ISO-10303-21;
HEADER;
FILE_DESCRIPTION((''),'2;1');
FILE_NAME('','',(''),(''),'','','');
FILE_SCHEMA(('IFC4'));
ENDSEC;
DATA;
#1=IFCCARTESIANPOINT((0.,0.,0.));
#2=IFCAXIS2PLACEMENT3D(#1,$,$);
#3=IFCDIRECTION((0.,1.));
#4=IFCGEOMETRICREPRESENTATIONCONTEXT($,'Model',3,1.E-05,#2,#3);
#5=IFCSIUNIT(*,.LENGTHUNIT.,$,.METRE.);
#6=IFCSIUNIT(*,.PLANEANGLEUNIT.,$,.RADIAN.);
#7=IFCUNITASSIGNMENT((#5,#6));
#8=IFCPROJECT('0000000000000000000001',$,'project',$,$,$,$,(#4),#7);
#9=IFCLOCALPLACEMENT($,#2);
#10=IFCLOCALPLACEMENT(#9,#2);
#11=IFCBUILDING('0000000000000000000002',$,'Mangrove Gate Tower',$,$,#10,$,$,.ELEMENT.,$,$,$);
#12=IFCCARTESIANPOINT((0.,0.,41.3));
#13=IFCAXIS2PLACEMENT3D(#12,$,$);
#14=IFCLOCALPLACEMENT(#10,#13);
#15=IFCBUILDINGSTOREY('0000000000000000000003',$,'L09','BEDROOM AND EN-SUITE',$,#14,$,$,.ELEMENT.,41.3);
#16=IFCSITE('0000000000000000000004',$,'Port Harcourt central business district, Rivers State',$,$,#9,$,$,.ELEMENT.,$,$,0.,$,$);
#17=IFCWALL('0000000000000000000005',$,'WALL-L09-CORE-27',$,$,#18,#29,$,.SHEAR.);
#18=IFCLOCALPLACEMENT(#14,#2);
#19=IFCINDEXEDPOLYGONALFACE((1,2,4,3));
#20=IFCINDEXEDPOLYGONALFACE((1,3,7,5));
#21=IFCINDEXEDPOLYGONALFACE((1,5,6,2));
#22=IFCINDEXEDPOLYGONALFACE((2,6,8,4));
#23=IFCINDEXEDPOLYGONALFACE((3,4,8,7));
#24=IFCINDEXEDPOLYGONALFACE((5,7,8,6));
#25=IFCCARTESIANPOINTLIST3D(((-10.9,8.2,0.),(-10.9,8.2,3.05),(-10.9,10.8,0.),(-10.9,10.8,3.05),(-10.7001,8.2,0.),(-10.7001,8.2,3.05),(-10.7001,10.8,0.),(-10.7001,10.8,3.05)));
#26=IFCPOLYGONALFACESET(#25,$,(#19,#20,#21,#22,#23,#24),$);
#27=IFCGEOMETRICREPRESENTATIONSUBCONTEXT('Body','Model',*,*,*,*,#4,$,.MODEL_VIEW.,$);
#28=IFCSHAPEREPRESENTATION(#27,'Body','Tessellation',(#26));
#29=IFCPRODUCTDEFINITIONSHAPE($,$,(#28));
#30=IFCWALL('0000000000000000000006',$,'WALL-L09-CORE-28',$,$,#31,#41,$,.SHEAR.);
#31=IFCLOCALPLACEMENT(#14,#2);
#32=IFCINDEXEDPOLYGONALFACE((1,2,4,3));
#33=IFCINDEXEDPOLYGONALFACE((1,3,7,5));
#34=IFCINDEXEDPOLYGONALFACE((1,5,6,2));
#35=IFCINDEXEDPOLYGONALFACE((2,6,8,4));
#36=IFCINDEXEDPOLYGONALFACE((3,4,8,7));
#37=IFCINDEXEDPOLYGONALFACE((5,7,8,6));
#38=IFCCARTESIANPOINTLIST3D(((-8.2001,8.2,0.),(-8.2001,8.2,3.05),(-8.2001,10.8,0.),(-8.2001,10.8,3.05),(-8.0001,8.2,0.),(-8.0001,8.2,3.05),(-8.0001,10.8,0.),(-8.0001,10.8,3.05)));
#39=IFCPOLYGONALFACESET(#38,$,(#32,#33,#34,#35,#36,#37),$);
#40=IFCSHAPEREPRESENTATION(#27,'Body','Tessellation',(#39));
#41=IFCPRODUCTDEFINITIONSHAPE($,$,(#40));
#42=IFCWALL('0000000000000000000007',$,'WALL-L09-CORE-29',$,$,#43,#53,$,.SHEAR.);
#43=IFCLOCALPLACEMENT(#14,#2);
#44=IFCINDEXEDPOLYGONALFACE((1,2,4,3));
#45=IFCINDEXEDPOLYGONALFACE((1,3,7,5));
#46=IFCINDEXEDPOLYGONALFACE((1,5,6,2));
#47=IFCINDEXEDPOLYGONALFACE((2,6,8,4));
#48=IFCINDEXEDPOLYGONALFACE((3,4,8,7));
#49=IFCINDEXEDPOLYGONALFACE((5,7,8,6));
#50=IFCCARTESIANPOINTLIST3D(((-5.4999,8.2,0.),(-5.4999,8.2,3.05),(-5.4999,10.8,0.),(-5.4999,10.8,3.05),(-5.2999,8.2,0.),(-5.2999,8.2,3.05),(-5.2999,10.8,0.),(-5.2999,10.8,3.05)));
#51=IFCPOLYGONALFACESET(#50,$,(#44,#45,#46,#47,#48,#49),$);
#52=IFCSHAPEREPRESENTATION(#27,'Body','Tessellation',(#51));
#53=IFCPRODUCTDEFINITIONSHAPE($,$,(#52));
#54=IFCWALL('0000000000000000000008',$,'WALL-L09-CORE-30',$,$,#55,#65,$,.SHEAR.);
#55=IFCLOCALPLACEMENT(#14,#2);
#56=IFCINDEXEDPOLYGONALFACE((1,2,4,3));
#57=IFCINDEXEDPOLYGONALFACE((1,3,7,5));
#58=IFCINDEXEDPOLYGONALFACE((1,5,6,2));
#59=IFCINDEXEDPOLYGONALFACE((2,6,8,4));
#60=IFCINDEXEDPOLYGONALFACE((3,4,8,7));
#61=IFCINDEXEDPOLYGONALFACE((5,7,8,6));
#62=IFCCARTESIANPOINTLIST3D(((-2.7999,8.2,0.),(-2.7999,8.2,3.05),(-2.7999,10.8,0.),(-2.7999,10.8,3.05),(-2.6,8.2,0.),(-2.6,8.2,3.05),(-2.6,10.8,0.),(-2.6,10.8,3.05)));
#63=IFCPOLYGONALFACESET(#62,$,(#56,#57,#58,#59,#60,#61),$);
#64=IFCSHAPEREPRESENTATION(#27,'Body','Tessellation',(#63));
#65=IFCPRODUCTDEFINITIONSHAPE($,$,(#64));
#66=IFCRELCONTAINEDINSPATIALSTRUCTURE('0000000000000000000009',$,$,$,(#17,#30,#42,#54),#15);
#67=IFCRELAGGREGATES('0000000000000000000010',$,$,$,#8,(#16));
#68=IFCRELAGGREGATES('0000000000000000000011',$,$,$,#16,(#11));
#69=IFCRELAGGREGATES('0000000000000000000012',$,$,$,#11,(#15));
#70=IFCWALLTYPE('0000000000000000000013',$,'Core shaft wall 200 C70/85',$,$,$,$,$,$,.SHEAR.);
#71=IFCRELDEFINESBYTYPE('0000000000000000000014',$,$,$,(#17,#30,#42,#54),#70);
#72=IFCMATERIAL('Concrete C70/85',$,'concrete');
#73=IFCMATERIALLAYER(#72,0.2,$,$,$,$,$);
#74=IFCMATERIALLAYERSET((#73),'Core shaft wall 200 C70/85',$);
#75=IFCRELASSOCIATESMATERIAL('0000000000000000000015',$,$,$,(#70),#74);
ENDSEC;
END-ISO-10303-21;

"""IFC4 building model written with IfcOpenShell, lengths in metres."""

from ifc_helpers import new_model, si_unit, direction, frame, frame_2d, origin, place, context, subcontext, project, spatial, rectangle, extrude, material, layer, layer_set, type_object, element, save


model = new_model("IFC4")

# Units and contexts
model_context = context("Model", 3, precision=1e-05, world=origin(), true_north=direction((0.0, 1.0)))
body_context = subcontext(model_context, "Body", "Model", "MODEL_VIEW")
ifc_project = project(units=[si_unit("LENGTHUNIT", "METRE"), si_unit("PLANEANGLEUNIT", "RADIAN")], contexts=[model_context])

# Site, building, storey
site_placement = place(None, origin())
site = spatial("IfcSite", under=ifc_project, at=site_placement, Name="Port Harcourt central business district, Rivers State", CompositionType="ELEMENT", RefElevation=0.0)
building_placement = place(site_placement, origin())
building = spatial("IfcBuilding", under=site, at=building_placement, Name="Mangrove Gate Tower", CompositionType="ELEMENT")
storey_placement = place(building_placement, frame((0.0, 0.0, 41.3)))
storey = spatial("IfcBuildingStorey", under=building, at=storey_placement, Name="L09", Description="BEDROOM AND EN-SUITE", CompositionType="ELEMENT", Elevation=41.3)

# Shared definitions
ifc_material_1 = material(Name="Concrete C70/85", Category="concrete")
ifc_layer = layer(ifc_material_1, 0.2)
ifc_layer_set = layer_set([ifc_layer], Name="Core shaft wall 200 C70/85")
wall_type = type_object("IfcWallType", Name="Core shaft wall 200 C70/85", PredefinedType="SHEAR", material=ifc_layer_set)

# Walls
for number, where, z_axis, x_axis, name in (
    (1, (-10.8, 8.2, 0.0), (0.0, 0.0, 1.0), (0.0, 1.0, 0.0), "WALL-L09-CORE-27"),
    (2, (-8.1001, 8.2, 0.0), (0.0, 0.0, 1.0), (0.0, 1.0, 0.0), "WALL-L09-CORE-28"),
    (3, (-5.3999, 8.2, 0.0), (0.0, 0.0, 1.0), (0.0, 1.0, 0.0), "WALL-L09-CORE-29"),
    (4, (-2.7, 8.2, 0.0), (0.0, 0.0, 1.0), (0.0, 1.0, 0.0), "WALL-L09-CORE-30"),
):
    element("IfcWall", number, at=place(storey_placement, frame(where, z_axis=z_axis, x_axis=x_axis)), inside=storey, type_object=wall_type, Name=name, PredefinedType="SHEAR", context=body_context, shape_type="SweptSolid", body=[
        extrude(rectangle(XDim=2.6001, YDim=0.2, at=frame_2d((1.3, 0.0))), origin(), (0.0, 0.0, 1.0), 3.05),
    ])

save(model, "model.ifc")
